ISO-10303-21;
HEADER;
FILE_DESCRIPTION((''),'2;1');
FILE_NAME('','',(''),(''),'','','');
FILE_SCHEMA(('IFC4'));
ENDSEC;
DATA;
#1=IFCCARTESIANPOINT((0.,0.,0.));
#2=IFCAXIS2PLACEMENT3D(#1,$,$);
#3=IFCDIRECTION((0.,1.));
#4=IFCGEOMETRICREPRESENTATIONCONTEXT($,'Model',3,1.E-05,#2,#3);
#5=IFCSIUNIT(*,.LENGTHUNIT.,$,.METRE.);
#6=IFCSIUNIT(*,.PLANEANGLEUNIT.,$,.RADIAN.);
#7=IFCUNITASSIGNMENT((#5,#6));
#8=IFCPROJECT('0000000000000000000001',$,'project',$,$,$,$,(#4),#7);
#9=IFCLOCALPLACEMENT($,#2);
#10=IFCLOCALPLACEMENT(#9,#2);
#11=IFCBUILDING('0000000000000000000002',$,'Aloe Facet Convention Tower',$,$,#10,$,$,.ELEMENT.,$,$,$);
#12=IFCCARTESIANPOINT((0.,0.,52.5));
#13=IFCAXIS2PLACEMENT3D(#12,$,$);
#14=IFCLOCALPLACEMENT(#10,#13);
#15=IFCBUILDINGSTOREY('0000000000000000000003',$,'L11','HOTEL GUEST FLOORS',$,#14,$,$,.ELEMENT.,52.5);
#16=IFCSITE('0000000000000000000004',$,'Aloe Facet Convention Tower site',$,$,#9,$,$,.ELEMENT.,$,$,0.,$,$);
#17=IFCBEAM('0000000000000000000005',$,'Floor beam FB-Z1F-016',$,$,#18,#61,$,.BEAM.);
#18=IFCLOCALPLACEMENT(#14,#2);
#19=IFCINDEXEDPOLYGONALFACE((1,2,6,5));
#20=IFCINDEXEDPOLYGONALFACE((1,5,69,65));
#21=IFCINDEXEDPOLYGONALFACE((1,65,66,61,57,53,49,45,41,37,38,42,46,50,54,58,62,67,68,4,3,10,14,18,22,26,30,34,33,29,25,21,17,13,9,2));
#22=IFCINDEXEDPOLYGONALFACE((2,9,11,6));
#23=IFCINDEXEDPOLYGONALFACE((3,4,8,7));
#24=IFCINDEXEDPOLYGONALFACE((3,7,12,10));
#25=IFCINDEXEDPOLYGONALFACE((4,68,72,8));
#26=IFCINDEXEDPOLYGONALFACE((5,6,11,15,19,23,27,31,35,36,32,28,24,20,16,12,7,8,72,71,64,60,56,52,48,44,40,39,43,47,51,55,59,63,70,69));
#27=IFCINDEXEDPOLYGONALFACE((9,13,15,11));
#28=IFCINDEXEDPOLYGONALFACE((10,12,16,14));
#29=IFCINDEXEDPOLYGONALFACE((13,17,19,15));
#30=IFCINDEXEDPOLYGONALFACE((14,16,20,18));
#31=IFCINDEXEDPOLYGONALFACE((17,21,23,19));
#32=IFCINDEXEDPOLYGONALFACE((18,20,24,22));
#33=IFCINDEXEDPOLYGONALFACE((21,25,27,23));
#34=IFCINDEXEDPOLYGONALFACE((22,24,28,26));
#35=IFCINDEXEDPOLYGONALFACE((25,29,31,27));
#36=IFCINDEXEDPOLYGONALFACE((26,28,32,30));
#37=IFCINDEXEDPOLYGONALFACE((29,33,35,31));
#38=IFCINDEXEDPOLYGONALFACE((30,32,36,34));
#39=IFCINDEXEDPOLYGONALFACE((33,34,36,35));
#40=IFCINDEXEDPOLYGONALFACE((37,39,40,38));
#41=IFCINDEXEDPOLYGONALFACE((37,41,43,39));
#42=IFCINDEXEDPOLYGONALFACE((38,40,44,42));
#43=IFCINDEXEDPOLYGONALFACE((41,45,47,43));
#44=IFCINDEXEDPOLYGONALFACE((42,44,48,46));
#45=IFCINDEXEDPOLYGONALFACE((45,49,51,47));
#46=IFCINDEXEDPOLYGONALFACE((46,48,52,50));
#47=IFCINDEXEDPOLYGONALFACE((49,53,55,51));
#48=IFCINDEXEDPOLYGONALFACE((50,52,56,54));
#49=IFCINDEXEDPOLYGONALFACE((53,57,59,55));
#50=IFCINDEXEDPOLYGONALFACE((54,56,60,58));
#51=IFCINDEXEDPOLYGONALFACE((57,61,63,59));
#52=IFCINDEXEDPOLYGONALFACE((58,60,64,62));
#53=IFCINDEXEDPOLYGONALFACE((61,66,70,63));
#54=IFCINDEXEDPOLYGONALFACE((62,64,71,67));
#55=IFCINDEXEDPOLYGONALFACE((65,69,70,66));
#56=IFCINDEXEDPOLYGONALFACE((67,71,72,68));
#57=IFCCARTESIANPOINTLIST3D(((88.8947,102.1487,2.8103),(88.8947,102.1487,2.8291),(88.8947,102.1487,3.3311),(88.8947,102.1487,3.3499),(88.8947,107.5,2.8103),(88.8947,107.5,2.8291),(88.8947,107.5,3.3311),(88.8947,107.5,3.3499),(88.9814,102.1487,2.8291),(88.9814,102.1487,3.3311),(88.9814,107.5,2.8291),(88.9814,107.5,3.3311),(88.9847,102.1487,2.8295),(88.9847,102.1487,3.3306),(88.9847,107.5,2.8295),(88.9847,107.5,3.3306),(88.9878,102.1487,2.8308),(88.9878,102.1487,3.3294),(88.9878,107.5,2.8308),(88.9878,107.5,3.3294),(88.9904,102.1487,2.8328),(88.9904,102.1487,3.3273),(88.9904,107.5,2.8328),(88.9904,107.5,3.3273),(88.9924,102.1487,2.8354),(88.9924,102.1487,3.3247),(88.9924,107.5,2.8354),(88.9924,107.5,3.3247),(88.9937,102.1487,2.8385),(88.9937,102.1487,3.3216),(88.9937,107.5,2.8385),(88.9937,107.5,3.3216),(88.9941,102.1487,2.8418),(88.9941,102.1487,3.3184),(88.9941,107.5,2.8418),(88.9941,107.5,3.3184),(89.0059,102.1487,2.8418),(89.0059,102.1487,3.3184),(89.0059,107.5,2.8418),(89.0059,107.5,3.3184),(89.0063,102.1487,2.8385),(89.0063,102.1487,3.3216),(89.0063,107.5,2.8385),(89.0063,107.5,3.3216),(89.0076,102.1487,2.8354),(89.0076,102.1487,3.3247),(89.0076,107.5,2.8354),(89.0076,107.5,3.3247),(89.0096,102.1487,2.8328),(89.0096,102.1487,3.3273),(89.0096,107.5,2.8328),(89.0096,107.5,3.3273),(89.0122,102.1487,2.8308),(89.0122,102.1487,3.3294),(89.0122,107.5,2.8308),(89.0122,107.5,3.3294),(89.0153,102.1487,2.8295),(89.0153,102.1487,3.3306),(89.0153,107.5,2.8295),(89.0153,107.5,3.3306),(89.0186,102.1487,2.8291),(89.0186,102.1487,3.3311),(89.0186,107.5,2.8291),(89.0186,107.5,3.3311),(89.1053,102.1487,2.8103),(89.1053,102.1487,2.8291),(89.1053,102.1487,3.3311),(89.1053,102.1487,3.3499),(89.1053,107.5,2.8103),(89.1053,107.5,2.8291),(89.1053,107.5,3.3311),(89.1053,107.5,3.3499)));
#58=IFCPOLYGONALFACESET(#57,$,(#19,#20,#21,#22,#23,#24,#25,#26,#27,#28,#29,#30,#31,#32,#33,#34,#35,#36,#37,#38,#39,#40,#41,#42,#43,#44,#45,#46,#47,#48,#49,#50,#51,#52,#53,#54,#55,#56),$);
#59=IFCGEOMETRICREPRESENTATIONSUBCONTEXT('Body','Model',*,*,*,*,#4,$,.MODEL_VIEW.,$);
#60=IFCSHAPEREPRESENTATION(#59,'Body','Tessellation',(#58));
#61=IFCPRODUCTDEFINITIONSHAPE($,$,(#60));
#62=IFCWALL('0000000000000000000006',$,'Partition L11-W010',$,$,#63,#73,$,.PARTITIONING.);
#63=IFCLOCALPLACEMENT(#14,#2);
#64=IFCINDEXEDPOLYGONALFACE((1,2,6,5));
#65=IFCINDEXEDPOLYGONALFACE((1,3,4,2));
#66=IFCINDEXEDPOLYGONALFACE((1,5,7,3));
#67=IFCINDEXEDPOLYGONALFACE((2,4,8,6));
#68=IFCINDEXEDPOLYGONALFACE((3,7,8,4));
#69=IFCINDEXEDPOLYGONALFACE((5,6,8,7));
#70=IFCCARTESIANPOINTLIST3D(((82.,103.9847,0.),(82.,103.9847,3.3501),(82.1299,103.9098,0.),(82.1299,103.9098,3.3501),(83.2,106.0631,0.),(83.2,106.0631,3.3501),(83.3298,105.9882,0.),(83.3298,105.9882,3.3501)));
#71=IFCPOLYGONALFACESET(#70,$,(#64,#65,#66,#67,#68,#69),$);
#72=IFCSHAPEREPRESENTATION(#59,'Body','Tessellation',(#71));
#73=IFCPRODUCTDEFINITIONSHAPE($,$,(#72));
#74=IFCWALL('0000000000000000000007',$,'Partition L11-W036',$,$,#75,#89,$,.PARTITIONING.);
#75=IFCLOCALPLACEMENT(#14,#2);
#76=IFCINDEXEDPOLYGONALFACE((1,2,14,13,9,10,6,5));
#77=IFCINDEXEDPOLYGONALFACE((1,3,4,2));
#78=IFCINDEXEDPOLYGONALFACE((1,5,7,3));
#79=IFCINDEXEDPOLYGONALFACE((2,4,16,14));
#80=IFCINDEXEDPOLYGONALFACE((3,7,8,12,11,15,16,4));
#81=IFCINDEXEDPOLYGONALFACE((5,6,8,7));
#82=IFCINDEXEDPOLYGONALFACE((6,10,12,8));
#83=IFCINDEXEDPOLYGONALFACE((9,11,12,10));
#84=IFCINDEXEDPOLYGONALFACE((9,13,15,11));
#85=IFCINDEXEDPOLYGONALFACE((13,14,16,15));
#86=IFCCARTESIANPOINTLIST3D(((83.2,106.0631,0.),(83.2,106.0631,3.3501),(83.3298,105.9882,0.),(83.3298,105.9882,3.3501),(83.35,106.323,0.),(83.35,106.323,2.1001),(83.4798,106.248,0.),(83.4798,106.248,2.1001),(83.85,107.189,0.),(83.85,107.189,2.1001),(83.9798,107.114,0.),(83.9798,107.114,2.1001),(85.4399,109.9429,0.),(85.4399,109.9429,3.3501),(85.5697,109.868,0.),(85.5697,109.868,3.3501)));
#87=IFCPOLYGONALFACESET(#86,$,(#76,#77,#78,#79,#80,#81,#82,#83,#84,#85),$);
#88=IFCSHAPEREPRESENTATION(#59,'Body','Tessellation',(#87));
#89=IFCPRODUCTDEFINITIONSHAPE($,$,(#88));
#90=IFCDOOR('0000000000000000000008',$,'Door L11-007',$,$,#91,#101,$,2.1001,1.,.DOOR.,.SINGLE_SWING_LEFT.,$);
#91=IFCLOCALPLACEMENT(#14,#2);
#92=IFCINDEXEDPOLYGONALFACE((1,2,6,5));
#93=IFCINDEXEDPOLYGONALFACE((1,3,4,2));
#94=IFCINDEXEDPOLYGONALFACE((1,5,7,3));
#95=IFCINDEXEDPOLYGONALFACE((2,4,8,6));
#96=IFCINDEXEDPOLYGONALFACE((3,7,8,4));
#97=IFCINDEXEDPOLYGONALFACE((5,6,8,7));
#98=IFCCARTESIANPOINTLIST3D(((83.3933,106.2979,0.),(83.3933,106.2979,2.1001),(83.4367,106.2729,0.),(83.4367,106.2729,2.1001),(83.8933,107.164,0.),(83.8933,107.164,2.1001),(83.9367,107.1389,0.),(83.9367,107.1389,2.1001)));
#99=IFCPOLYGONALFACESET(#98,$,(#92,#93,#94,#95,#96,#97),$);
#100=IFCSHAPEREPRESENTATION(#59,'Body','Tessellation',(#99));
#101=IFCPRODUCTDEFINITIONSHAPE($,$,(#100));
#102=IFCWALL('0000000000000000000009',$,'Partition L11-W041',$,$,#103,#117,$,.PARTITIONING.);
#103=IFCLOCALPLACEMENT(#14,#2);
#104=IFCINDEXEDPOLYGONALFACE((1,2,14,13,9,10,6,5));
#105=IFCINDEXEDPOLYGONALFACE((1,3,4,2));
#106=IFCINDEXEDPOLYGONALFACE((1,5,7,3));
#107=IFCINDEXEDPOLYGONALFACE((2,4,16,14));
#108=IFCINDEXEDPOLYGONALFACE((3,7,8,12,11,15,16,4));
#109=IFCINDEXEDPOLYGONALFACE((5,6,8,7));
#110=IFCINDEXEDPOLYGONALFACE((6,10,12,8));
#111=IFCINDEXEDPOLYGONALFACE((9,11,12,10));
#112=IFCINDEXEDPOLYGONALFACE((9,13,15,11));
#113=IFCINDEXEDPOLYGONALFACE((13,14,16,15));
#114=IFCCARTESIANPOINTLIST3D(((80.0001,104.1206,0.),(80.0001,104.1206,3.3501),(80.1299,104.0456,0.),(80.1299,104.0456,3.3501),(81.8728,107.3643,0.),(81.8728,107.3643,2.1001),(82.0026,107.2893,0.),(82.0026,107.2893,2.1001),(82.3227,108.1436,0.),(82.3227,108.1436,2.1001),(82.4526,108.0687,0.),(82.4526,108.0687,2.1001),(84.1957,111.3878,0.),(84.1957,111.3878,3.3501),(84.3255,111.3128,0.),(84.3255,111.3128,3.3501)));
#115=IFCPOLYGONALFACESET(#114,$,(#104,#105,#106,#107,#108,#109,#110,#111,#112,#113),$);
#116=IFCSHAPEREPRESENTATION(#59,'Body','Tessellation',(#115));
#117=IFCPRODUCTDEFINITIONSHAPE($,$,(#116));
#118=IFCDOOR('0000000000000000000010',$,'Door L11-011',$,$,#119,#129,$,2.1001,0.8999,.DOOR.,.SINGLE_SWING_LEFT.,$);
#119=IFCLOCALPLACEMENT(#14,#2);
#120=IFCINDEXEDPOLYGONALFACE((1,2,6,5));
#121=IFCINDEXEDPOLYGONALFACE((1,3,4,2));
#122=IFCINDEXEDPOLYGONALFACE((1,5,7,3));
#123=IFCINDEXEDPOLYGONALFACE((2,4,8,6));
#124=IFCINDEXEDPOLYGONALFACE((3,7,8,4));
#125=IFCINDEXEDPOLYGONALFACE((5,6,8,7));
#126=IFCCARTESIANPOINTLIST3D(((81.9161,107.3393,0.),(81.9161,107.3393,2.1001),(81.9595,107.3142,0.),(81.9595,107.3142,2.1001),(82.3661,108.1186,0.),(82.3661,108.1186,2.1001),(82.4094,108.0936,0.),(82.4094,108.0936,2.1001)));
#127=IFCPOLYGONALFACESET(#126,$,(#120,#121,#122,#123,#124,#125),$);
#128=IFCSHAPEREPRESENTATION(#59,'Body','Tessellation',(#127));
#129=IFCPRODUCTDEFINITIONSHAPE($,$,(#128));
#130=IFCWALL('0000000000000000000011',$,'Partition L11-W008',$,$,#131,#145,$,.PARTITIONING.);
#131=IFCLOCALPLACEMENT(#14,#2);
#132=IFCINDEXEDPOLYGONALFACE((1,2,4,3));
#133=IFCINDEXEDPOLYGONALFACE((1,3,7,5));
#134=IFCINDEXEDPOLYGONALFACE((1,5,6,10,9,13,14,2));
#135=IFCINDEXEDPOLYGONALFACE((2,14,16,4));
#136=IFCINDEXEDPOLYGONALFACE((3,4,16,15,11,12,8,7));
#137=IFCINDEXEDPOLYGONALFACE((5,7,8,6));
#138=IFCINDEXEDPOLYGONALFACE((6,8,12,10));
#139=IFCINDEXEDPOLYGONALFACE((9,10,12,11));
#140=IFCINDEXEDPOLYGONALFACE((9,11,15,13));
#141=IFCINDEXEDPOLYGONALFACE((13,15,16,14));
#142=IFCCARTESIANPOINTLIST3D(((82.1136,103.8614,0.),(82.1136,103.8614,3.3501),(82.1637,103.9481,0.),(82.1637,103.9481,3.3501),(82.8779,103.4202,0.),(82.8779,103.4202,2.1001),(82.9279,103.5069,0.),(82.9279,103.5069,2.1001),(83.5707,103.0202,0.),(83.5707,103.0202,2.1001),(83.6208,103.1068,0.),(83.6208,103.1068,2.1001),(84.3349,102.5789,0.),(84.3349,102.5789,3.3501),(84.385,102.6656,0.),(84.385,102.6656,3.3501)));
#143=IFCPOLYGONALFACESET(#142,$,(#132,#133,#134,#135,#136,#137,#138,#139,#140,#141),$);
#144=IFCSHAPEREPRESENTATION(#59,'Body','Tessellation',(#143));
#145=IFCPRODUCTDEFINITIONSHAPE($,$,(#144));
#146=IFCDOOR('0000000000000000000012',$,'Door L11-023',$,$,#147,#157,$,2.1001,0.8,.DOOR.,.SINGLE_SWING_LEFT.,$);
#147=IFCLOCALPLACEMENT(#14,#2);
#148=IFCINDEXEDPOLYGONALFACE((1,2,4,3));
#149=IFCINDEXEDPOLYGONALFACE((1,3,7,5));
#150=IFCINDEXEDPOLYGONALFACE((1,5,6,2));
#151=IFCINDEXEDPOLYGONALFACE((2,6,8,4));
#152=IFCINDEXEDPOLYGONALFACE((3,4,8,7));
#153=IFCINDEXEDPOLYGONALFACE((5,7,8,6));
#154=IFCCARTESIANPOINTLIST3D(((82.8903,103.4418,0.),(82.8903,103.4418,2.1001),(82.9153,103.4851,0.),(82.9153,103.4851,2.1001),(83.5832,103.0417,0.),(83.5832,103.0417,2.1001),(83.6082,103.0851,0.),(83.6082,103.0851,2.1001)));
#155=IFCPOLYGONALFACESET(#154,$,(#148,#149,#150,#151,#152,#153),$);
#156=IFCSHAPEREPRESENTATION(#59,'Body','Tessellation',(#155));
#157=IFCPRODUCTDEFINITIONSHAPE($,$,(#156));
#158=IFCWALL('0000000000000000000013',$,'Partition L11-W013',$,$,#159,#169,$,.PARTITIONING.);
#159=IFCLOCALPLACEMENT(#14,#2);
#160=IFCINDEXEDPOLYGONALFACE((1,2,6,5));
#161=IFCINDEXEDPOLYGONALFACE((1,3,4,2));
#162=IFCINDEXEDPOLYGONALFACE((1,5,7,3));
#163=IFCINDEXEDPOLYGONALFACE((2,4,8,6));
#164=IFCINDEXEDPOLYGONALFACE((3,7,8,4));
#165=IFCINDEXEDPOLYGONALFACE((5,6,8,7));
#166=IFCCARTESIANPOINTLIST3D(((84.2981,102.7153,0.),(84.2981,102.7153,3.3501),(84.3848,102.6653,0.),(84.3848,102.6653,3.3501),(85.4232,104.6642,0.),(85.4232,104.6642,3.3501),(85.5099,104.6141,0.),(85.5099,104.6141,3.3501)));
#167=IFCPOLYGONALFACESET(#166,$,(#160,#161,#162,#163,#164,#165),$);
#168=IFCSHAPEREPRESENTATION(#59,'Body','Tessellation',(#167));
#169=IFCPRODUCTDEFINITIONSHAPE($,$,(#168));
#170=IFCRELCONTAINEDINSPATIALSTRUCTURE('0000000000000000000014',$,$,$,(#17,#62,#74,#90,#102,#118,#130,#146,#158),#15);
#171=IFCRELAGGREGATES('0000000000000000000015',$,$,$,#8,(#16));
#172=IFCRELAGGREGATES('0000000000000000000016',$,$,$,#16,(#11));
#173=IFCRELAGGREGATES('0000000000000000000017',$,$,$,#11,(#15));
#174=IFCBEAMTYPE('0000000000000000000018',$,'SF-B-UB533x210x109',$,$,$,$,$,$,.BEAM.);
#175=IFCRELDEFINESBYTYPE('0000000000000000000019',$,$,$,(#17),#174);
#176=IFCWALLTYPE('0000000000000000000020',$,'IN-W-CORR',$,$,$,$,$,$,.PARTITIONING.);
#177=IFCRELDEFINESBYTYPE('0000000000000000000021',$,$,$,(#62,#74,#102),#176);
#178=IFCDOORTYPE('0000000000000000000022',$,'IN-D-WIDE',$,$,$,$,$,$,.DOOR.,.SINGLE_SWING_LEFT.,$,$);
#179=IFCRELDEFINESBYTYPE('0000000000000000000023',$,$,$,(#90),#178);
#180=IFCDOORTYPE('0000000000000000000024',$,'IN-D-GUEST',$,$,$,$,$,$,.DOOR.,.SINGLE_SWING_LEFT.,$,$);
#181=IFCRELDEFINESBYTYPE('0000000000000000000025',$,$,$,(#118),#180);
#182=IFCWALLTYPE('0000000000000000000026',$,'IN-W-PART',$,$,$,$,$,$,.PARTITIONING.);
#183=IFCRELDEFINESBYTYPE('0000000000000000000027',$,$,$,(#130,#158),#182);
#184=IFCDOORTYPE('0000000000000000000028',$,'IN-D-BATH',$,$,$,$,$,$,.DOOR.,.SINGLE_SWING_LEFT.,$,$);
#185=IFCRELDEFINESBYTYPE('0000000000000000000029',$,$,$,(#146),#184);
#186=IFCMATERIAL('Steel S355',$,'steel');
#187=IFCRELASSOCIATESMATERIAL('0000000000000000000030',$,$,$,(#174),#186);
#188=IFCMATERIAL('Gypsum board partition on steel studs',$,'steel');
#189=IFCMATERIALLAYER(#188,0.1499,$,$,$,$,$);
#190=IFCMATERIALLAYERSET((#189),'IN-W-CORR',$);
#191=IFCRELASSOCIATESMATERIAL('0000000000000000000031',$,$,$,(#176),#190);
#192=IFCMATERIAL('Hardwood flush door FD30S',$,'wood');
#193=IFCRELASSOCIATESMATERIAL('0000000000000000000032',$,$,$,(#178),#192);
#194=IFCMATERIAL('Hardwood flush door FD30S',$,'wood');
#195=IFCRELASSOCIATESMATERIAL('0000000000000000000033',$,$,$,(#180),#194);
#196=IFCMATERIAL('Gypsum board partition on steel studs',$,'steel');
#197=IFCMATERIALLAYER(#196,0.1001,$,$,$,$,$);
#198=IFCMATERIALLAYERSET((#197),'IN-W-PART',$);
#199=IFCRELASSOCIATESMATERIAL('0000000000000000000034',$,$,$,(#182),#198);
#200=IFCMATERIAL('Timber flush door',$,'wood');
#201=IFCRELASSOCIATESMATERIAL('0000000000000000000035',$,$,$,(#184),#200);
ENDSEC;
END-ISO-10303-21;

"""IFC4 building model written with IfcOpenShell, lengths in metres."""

from ifc_helpers import new_model, si_unit, direction, frame, frame_2d, origin, origin_2d, place, context, subcontext, project, spatial, rectangle, i_section, extrude, material, layer, layer_set, material_profile, profile_set, type_object, element, fill, save


model = new_model("IFC4")

# Units and contexts
model_context = context("Model", 3, precision=1e-05, world=origin(), true_north=direction((0.0, 1.0)))
body_context = subcontext(model_context, "Body", "Model", "MODEL_VIEW")
ifc_project = project(units=[si_unit("LENGTHUNIT", "METRE"), si_unit("PLANEANGLEUNIT", "RADIAN")], contexts=[model_context])

# Site, building, storey
site_placement = place(None, origin())
site = spatial("IfcSite", under=ifc_project, at=site_placement, Name="Aloe Facet Convention Tower site", CompositionType="ELEMENT", RefElevation=0.0)
building_placement = place(site_placement, origin())
building = spatial("IfcBuilding", under=site, at=building_placement, Name="Aloe Facet Convention Tower", CompositionType="ELEMENT")
storey_placement = place(building_placement, frame((0.0, 0.0, 52.5)))
storey = spatial("IfcBuildingStorey", under=building, at=storey_placement, Name="L11", Description="HOTEL GUEST FLOORS", CompositionType="ELEMENT", Elevation=52.5)

# Beam
ifc_material_1 = material(Name="Steel S355", Category="steel")
ifc_material_profile_1 = material_profile(ifc_material_1, i_section(OverallWidth=0.2107, OverallDepth=0.5396, WebThickness=0.0117, FlangeThickness=0.0188, FilletRadius=0.0127, at=origin_2d()), Name="UB 533x210x109")
ifc_profile_set_1 = profile_set([ifc_material_profile_1], Name="Steel S355")
beam_type_1 = type_object("IfcBeamType", Name="SF-B-UB533x210x109", PredefinedType="BEAM", material=ifc_profile_set_1)
beam_1_placement = place(storey_placement, frame((89.0, 107.5, 3.0801), z_axis=(0.0, -1.0, 0.0), x_axis=(1.0, 0.0, 0.0)))
element("IfcBeam", 1, at=beam_1_placement, inside=storey, type_object=beam_type_1, Name="Floor beam FB-Z1F-016", PredefinedType="BEAM", context=body_context, shape_type="SweptSolid", body=[
    extrude(i_section(OverallWidth=0.2107, OverallDepth=0.5396, WebThickness=0.0117, FlangeThickness=0.0188, FilletRadius=0.0127, at=origin_2d()), origin(), (0.0, 0.0, 1.0), 5.3513),
])

# Wall
ifc_material_2 = material(Name="Gypsum board partition on steel studs", Category="steel")
ifc_layer_1 = layer(ifc_material_2, 0.1499)
ifc_layer_set_1 = layer_set([ifc_layer_1], Name="IN-W-CORR")
wall_type_1 = type_object("IfcWallType", Name="IN-W-CORR", PredefinedType="PARTITIONING", material=ifc_layer_set_1)
wall_1_placement = place(storey_placement, frame((82.0649, 103.9473, 0.0), z_axis=(0.0, 0.0, 1.0), x_axis=(0.500001, 0.866025, 0.0)))
element("IfcWall", 2, at=wall_1_placement, inside=storey, type_object=wall_type_1, Name="Partition L11-W010", PredefinedType="PARTITIONING", context=body_context, shape_type="SweptSolid", body=[
    extrude(rectangle(XDim=2.3999, YDim=0.1499, at=frame_2d((1.2, 0.0))), origin(), (0.0, 0.0, 1.0), 3.3501),
])

# Walls, openings, doors
wall_2_placement = place(storey_placement, frame((83.2649, 106.0256, 0.0), z_axis=(0.0, 0.0, 1.0), x_axis=(0.49999, 0.866031, 0.0)))
wall_2 = element("IfcWall", 3, at=wall_2_placement, inside=storey, type_object=wall_type_1, Name="Partition L11-W036", PredefinedType="PARTITIONING", context=body_context, shape_type="SweptSolid", body=[
    extrude(rectangle(XDim=4.48, YDim=0.1499, at=frame_2d((2.24, 0.0))), origin(), (0.0, 0.0, 1.0), 3.3501),
])
opening_1_placement = place(wall_2_placement, frame((0.3, 0.0, 0.0)))
opening_1 = element("IfcOpeningElement", 4, at=opening_1_placement, cuts=wall_2, PredefinedType="OPENING", context=body_context, shape_type="SweptSolid", body=[
    extrude(rectangle(XDim=1.0, YDim=2.1001, at=frame_2d((0.5, 1.05))), frame((0.0, 0.085, 0.0), z_axis=(0.0, -1.0, 0.0), x_axis=(1.0, 0.0, 0.0)), (0.0, 0.0, 1.0), 0.1699),
])
ifc_material_3 = material(Name="Hardwood flush door FD30S", Category="wood")
door_type_1 = type_object("IfcDoorType", Name="IN-D-WIDE", OperationType="SINGLE_SWING_LEFT", PredefinedType="DOOR", material=ifc_material_3)
door_1_placement = place(opening_1_placement, origin())
door_1 = element("IfcDoor", 5, at=door_1_placement, inside=storey, type_object=door_type_1, Name="Door L11-007", OperationType="SINGLE_SWING_LEFT", OverallHeight=2.1001, OverallWidth=1.0, PredefinedType="DOOR", context=body_context, shape_type="SweptSolid", body=[
    extrude(rectangle(XDim=1.0, YDim=2.1001, at=frame_2d((0.5, 1.05))), frame((0.0, 0.0249, 0.0), z_axis=(0.0, -1.0, 0.0), x_axis=(1.0, 0.0, 0.0)), (0.0, 0.0, 1.0), 0.05),
])
fill(opening_1, door_1)
wall_3_placement = place(storey_placement, frame((80.0649, 104.083, 0.0), z_axis=(0.0, 0.0, 1.0), x_axis=(0.499991, 0.866031, 0.0)))
wall_3 = element("IfcWall", 6, at=wall_3_placement, inside=storey, type_object=wall_type_1, Name="Partition L11-W041", PredefinedType="PARTITIONING", context=body_context, shape_type="SweptSolid", body=[
    extrude(rectangle(XDim=8.3914, YDim=0.1499, at=frame_2d((4.1958, 0.0))), origin(), (0.0, 0.0, 1.0), 3.3501),
])
opening_2_placement = place(wall_3_placement, frame((3.7456, 0.0, 0.0)))
opening_2 = element("IfcOpeningElement", 7, at=opening_2_placement, cuts=wall_3, PredefinedType="OPENING", context=body_context, shape_type="SweptSolid", body=[
    extrude(rectangle(XDim=0.8999, YDim=2.1001, at=frame_2d((0.45, 1.05))), frame((0.0, 0.085, 0.0), z_axis=(0.0, -1.0, 0.0), x_axis=(1.0, 0.0, 0.0)), (0.0, 0.0, 1.0), 0.1699),
])
ifc_material_4 = material(Name="Hardwood flush door FD30S", Category="wood")
door_type_2 = type_object("IfcDoorType", Name="IN-D-GUEST", OperationType="SINGLE_SWING_LEFT", PredefinedType="DOOR", material=ifc_material_4)
door_2_placement = place(opening_2_placement, origin())
door_2 = element("IfcDoor", 8, at=door_2_placement, inside=storey, type_object=door_type_2, Name="Door L11-011", OperationType="SINGLE_SWING_LEFT", OverallHeight=2.1001, OverallWidth=0.8999, PredefinedType="DOOR", context=body_context, shape_type="SweptSolid", body=[
    extrude(rectangle(XDim=0.8999, YDim=2.1001, at=frame_2d((0.45, 1.05))), frame((0.0, 0.0249, 0.0), z_axis=(0.0, -1.0, 0.0), x_axis=(1.0, 0.0, 0.0)), (0.0, 0.0, 1.0), 0.05),
])
fill(opening_2, door_2)
ifc_material_5 = material(Name="Gypsum board partition on steel studs", Category="steel")
ifc_layer_2 = layer(ifc_material_5, 0.1001)
ifc_layer_set_2 = layer_set([ifc_layer_2], Name="IN-W-PART")
wall_type_2 = type_object("IfcWallType", Name="IN-W-PART", PredefinedType="PARTITIONING", material=ifc_layer_set_2)
wall_4_placement = place(storey_placement, frame((82.1387, 103.9048, 0.0), z_axis=(0.0, 0.0, 1.0), x_axis=(0.866014, -0.500019, 0.0)))
wall_4 = element("IfcWall", 9, at=wall_4_placement, inside=storey, type_object=wall_type_2, Name="Partition L11-W008", PredefinedType="PARTITIONING", context=body_context, shape_type="SweptSolid", body=[
    extrude(rectangle(XDim=2.5649, YDim=0.1001, at=frame_2d((1.2825, 0.0))), origin(), (0.0, 0.0, 1.0), 3.3501),
])
opening_3_placement = place(wall_4_placement, frame((0.8826, 0.0, 0.0)))
opening_3 = element("IfcOpeningElement", 10, at=opening_3_placement, cuts=wall_4, PredefinedType="OPENING", context=body_context, shape_type="SweptSolid", body=[
    extrude(rectangle(XDim=0.8, YDim=2.1001, at=frame_2d((0.3999, 1.05))), frame((0.0, 0.0601, 0.0), z_axis=(0.0, -1.0, 0.0), x_axis=(1.0, 0.0, 0.0)), (0.0, 0.0, 1.0), 0.1201),
])
ifc_material_6 = material(Name="Timber flush door", Category="wood")
door_type_3 = type_object("IfcDoorType", Name="IN-D-BATH", OperationType="SINGLE_SWING_LEFT", PredefinedType="DOOR", material=ifc_material_6)
door_3_placement = place(opening_3_placement, origin())
door_3 = element("IfcDoor", 11, at=door_3_placement, inside=storey, type_object=door_type_3, Name="Door L11-023", OperationType="SINGLE_SWING_LEFT", OverallHeight=2.1001, OverallWidth=0.8, PredefinedType="DOOR", context=body_context, shape_type="SweptSolid", body=[
    extrude(rectangle(XDim=0.8, YDim=2.1001, at=frame_2d((0.3999, 1.05))), frame((0.0, 0.0249, 0.0), z_axis=(0.0, -1.0, 0.0), x_axis=(1.0, 0.0, 0.0)), (0.0, 0.0, 1.0), 0.05),
])
fill(opening_3, door_3)

# Wall
wall_5_placement = place(storey_placement, frame((84.3416, 102.6904, 0.0), z_axis=(0.0, 0.0, 1.0), x_axis=(0.499967, 0.866045, 0.0)))
element("IfcWall", 12, at=wall_5_placement, inside=storey, type_object=wall_type_2, Name="Partition L11-W013", PredefinedType="PARTITIONING", context=body_context, shape_type="SweptSolid", body=[
    extrude(rectangle(XDim=2.2502, YDim=0.1001, at=frame_2d((1.125, 0.0))), origin(), (0.0, 0.0, 1.0), 3.3501),
])

save(model, "model.ifc")
